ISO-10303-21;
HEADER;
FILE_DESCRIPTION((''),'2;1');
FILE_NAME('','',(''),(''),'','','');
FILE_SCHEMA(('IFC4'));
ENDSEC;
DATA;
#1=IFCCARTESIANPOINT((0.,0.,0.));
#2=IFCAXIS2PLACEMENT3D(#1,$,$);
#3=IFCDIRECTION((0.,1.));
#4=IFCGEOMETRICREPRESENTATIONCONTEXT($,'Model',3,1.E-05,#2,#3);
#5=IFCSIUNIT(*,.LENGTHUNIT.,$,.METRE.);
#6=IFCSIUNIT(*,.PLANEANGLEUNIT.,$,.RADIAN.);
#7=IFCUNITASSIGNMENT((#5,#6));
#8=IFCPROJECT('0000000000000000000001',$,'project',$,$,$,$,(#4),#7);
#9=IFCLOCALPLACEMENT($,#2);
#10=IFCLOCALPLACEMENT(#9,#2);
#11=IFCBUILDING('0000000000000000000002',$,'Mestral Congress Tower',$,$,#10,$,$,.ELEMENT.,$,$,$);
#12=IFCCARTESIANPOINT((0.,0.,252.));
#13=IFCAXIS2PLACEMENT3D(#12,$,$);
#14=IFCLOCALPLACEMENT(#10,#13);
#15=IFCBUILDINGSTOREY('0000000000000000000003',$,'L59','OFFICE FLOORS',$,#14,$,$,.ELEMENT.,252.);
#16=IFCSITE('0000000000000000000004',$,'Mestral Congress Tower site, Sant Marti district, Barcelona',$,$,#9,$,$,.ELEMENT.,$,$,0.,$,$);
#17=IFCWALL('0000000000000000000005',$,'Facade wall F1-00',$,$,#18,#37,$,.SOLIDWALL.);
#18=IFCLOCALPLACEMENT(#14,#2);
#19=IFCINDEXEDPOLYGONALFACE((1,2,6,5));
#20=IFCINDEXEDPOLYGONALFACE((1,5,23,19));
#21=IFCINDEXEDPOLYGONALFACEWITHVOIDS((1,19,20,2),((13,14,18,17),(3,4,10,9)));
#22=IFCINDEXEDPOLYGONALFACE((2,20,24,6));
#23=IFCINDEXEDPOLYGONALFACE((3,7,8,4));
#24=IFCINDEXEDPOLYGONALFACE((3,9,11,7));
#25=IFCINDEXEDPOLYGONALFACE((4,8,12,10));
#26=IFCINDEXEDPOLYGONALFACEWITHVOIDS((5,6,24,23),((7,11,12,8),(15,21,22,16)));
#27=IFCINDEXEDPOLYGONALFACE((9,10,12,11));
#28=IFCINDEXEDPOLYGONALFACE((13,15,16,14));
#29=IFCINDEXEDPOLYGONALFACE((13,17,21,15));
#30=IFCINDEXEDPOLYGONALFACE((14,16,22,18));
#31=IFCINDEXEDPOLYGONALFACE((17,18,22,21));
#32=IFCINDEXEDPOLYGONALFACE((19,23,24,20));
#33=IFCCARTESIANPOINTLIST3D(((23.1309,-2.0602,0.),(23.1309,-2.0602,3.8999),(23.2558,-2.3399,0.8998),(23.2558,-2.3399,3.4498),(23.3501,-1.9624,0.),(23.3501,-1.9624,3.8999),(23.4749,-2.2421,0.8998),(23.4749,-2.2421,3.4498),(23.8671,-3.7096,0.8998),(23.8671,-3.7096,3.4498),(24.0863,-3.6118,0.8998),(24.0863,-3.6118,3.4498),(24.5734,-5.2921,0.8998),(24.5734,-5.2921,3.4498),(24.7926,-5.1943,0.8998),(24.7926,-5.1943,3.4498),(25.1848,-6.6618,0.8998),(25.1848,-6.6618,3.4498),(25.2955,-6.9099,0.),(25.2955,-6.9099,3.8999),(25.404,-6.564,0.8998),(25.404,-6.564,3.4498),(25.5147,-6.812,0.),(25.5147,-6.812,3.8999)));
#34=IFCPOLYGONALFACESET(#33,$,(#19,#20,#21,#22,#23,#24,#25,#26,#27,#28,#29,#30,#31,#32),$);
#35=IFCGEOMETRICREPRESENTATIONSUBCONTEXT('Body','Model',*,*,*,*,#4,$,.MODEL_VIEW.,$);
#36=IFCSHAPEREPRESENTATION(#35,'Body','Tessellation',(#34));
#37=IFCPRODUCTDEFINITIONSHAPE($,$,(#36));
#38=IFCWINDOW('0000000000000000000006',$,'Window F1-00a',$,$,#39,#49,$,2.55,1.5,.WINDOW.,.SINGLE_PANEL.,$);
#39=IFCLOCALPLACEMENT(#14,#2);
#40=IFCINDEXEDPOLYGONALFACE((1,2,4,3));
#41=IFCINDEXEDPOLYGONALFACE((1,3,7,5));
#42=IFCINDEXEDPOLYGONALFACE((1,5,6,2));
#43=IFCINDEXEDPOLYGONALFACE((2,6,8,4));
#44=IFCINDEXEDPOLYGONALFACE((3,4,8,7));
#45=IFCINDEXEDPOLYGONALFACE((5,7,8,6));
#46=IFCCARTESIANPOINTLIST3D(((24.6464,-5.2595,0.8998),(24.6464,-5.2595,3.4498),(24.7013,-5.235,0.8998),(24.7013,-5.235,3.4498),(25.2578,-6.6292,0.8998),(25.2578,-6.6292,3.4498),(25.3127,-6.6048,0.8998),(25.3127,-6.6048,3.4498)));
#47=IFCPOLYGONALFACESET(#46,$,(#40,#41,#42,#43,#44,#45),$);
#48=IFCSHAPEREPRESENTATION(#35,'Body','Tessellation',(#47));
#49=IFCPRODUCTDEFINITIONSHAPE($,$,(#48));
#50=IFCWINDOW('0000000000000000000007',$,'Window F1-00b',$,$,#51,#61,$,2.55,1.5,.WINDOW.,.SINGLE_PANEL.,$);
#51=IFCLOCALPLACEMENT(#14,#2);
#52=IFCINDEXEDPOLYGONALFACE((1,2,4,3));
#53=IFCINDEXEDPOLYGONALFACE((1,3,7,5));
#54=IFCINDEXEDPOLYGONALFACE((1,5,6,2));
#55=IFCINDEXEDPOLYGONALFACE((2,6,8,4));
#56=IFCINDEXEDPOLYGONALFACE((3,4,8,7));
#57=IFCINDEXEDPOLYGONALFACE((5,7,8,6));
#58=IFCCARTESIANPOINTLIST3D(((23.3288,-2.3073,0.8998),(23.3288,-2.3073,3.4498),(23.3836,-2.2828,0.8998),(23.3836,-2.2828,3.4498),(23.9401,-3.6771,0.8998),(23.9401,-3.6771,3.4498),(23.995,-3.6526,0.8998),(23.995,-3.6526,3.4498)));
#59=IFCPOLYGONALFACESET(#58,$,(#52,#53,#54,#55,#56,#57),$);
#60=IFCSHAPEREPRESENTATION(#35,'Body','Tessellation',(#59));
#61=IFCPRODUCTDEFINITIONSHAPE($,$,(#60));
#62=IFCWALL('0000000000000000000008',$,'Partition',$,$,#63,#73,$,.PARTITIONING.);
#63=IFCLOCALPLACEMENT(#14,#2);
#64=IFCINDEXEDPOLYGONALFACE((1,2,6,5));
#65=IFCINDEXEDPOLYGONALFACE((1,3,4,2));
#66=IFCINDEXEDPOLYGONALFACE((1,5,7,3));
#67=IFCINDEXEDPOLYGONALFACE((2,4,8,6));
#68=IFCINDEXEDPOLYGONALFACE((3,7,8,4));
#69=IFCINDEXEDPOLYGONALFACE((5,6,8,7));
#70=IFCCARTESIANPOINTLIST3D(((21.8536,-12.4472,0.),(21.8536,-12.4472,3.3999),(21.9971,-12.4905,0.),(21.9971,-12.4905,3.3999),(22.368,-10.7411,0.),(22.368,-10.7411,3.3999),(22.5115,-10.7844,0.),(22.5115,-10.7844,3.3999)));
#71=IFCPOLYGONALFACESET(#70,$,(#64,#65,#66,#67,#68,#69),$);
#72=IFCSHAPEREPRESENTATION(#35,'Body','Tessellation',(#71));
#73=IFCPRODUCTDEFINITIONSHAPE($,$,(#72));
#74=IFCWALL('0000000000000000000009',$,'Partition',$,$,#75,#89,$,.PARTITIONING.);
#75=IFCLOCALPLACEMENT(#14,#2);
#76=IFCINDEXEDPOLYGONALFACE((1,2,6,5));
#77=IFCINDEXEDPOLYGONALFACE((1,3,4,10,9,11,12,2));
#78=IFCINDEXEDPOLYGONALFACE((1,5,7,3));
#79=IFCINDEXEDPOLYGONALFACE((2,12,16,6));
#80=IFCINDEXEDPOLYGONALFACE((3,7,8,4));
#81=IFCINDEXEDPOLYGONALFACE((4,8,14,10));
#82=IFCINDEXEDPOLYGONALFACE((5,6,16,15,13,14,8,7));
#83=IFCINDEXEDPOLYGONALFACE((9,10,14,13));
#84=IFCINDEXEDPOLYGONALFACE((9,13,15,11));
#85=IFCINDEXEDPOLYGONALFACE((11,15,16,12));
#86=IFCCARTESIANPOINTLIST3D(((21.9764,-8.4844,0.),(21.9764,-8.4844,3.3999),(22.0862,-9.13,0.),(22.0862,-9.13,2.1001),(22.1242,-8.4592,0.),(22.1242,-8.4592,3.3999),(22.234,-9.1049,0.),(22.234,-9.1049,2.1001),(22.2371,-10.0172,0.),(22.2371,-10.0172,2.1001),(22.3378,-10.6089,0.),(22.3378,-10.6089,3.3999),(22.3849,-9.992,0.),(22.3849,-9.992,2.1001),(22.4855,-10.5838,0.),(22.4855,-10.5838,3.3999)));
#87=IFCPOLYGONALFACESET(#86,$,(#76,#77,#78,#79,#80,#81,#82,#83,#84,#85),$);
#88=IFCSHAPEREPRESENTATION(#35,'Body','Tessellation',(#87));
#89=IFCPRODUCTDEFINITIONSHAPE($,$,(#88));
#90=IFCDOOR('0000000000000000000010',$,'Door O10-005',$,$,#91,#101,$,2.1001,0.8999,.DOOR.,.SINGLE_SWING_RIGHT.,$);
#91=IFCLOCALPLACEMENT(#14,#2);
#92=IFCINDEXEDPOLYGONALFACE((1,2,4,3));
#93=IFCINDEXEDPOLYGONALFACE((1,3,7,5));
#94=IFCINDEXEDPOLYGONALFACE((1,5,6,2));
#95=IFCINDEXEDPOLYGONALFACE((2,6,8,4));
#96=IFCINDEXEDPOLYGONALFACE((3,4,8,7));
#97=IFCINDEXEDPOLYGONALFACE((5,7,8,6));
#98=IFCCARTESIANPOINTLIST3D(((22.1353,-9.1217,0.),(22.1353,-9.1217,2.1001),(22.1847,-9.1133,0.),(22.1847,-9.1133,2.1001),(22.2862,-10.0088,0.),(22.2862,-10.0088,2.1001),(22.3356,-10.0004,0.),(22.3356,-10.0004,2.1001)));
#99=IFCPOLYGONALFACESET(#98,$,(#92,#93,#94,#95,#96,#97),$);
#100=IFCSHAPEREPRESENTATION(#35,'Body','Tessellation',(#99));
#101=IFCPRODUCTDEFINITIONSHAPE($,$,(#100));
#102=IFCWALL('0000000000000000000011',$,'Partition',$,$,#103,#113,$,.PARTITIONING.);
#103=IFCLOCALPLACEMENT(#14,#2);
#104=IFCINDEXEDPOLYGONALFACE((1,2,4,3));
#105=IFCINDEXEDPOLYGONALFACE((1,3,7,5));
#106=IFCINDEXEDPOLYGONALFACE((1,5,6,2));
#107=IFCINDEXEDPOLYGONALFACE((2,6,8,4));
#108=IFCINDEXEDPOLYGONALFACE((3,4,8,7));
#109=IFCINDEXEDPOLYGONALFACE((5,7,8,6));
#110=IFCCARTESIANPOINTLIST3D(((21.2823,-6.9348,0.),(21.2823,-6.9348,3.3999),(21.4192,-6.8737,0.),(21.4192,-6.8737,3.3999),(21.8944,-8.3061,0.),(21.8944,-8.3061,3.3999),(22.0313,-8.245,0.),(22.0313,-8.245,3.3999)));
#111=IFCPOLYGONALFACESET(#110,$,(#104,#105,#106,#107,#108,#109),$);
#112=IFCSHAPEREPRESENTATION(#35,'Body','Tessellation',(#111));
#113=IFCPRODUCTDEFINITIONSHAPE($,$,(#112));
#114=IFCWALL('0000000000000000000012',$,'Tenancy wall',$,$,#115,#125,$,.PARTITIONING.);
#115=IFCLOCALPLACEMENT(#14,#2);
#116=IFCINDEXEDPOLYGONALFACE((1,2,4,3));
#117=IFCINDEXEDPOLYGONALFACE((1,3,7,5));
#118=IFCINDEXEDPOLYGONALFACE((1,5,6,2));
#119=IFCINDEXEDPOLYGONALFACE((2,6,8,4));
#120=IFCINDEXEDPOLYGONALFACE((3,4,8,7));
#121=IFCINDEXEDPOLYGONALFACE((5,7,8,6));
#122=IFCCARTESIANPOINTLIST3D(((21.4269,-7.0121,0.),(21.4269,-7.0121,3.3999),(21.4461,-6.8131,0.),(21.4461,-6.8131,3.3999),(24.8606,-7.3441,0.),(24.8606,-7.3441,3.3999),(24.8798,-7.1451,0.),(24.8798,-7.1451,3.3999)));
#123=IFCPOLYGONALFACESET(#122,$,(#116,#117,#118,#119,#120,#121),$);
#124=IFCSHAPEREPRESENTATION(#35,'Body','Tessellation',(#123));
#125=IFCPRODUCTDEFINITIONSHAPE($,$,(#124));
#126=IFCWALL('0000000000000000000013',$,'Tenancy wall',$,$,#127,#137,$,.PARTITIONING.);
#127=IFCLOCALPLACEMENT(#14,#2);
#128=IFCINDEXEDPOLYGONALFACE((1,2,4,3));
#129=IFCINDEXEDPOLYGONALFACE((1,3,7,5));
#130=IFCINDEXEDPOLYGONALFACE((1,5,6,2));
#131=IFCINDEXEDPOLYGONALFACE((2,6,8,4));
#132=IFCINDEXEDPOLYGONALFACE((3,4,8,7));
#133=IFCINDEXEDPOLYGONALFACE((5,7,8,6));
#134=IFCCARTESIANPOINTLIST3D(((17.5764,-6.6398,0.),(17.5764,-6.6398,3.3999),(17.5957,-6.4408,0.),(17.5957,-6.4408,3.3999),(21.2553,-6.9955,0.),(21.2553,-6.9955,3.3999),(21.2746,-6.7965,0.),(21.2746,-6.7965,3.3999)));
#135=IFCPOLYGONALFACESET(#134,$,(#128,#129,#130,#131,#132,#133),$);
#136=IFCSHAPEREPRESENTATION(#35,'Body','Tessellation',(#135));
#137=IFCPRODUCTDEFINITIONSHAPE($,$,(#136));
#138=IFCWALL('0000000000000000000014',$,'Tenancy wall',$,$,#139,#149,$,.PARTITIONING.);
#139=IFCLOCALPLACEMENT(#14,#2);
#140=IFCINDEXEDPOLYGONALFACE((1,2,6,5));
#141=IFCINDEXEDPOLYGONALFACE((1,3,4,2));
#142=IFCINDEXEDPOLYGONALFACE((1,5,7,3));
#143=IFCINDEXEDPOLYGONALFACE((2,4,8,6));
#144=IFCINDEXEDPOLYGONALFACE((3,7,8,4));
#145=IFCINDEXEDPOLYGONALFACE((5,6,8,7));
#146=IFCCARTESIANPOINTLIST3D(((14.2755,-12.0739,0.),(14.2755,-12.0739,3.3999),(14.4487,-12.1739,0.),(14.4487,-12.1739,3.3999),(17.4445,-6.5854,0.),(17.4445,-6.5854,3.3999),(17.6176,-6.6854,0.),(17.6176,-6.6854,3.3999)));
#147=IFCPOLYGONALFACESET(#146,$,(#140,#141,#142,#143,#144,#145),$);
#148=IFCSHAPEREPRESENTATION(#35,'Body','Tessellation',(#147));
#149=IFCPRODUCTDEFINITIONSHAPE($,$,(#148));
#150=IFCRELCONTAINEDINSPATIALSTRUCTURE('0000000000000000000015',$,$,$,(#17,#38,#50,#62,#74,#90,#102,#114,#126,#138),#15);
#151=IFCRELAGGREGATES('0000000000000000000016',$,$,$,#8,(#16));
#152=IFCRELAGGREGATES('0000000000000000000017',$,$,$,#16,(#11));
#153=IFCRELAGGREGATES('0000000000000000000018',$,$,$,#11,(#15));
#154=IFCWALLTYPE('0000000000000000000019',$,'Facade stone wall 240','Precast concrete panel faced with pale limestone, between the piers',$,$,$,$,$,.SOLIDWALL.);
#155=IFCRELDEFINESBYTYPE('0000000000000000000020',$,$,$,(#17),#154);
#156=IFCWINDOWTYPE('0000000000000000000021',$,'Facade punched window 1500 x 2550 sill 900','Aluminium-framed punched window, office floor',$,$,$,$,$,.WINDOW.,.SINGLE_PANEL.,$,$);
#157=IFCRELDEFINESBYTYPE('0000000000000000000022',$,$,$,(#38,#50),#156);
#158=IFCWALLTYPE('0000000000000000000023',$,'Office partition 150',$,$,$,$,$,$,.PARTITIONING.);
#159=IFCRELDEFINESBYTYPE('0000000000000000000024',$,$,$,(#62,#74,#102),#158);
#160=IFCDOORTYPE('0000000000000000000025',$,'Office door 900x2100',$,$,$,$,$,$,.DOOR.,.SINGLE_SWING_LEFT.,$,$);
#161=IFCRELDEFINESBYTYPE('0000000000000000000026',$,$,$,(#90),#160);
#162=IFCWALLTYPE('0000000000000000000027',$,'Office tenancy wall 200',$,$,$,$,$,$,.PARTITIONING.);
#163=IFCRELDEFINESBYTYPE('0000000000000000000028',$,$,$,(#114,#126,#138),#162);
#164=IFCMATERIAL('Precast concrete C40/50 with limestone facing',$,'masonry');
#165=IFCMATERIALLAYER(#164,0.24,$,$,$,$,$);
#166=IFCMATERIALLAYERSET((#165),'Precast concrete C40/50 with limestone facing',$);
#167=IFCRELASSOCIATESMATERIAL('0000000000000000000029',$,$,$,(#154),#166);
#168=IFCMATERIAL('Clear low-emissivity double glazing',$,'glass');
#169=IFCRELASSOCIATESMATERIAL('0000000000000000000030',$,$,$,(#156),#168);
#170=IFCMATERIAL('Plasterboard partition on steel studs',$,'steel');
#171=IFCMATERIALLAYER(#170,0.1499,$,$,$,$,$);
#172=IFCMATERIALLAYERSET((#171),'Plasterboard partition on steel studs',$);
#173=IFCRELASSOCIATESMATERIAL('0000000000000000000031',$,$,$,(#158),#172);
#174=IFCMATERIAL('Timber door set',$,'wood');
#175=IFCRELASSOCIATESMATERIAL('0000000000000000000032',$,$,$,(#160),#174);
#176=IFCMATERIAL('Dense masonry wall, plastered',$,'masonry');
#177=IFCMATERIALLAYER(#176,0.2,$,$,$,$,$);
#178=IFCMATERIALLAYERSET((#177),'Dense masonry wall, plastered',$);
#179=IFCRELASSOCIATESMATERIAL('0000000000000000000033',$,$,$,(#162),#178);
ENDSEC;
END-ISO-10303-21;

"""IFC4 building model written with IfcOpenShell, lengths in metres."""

from ifc_helpers import new_model, si_unit, direction, frame, frame_2d, origin, place, context, subcontext, project, spatial, rectangle, extrude, material, layer, layer_set, type_object, element, fill, save


model = new_model("IFC4")

# Units and contexts
model_context = context("Model", 3, precision=1e-05, world=origin(), true_north=direction((0.0, 1.0)))
body_context = subcontext(model_context, "Body", "Model", "MODEL_VIEW")
ifc_project = project(units=[si_unit("LENGTHUNIT", "METRE"), si_unit("PLANEANGLEUNIT", "RADIAN")], contexts=[model_context])

# Site, building, storey
site_placement = place(None, origin())
site = spatial("IfcSite", under=ifc_project, at=site_placement, Name="Mestral Congress Tower site, Sant Marti district, Barcelona", CompositionType="ELEMENT", RefElevation=0.0)
building_placement = place(site_placement, origin())
building = spatial("IfcBuilding", under=site, at=building_placement, Name="Mestral Congress Tower", CompositionType="ELEMENT")
storey_placement = place(building_placement, frame((0.0, 0.0, 252.0)))
storey = spatial("IfcBuildingStorey", under=building, at=storey_placement, Name="L59", Description="OFFICE FLOORS", CompositionType="ELEMENT", Elevation=252.0)

# Shared definitions
ifc_material_1 = material(Name="Precast concrete C40/50 with limestone facing", Category="masonry")
ifc_layer_1 = layer(ifc_material_1, 0.24)
ifc_layer_set_1 = layer_set([ifc_layer_1], Name="Precast concrete C40/50 with limestone facing")
wall_type_1 = type_object("IfcWallType", Name="Facade stone wall 240", Description="Precast concrete panel faced with pale limestone, between the piers", PredefinedType="SOLIDWALL", material=ifc_layer_set_1)
ifc_material_2 = material(Name="Clear low-emissivity double glazing", Category="glass")

# Wall, openings, windows
wall_1_placement = place(storey_placement, frame((25.405, -6.8608, 0.0), z_axis=(0.0, 0.0, 1.0), x_axis=(-0.40758, 0.91317, 0.0)))
wall_1 = element("IfcWall", 1, at=wall_1_placement, inside=storey, type_object=wall_type_1, Name="Facade wall F1-00", PredefinedType="SOLIDWALL", context=body_context, shape_type="SweptSolid", body=[
    extrude(rectangle(XDim=5.3108, YDim=0.24, at=frame_2d((2.6553, 0.0))), origin(), (0.0, 0.0, 1.0), 3.8999),
])
opening_1_placement = place(wall_1_placement, frame((0.2715, 0.0, 0.8999)))
opening_1 = element("IfcOpeningElement", 2, at=opening_1_placement, cuts=wall_1, PredefinedType="OPENING", context=body_context, shape_type="SweptSolid", body=[
    extrude(rectangle(XDim=1.5, YDim=2.55, at=frame_2d((0.75, 1.2749))), frame((0.0, 0.1299, 0.0), z_axis=(0.0, -1.0, 0.0), x_axis=(1.0, 0.0, 0.0)), (0.0, 0.0, 1.0), 0.26),
])
opening_2_placement = place(wall_1_placement, frame((3.5044, 0.0, 0.8999)))
opening_2 = element("IfcOpeningElement", 3, at=opening_2_placement, cuts=wall_1, PredefinedType="OPENING", context=body_context, shape_type="SweptSolid", body=[
    extrude(rectangle(XDim=1.5, YDim=2.55, at=frame_2d((0.75, 1.2749))), frame((0.0, 0.1299, 0.0), z_axis=(0.0, -1.0, 0.0), x_axis=(1.0, 0.0, 0.0)), (0.0, 0.0, 1.0), 0.26),
])
window_type_1 = type_object("IfcWindowType", Name="Facade punched window 1500 x 2550 sill 900", Description="Aluminium-framed punched window, office floor", PartitioningType="SINGLE_PANEL", PredefinedType="WINDOW", material=ifc_material_2)
window_1_placement = place(opening_1_placement, origin())
window_1 = element("IfcWindow", 4, at=window_1_placement, inside=storey, type_object=window_type_1, Name="Window F1-00a", OverallHeight=2.55, OverallWidth=1.5, PartitioningType="SINGLE_PANEL", PredefinedType="WINDOW", context=body_context, shape_type="SweptSolid", body=[
    extrude(rectangle(XDim=1.5, YDim=2.55, at=frame_2d((0.75, 1.2749))), frame((0.0, 0.04, 0.0), z_axis=(0.0, -1.0, 0.0), x_axis=(1.0, 0.0, 0.0)), (0.0, 0.0, 1.0), 0.0601),
])
fill(opening_1, window_1)
window_2_placement = place(opening_2_placement, origin())
window_2 = element("IfcWindow", 5, at=window_2_placement, inside=storey, type_object=window_type_1, Name="Window F1-00b", OverallHeight=2.55, OverallWidth=1.5, PartitioningType="SINGLE_PANEL", PredefinedType="WINDOW", context=body_context, shape_type="SweptSolid", body=[
    extrude(rectangle(XDim=1.5, YDim=2.55, at=frame_2d((0.75, 1.2749))), frame((0.0, 0.04, 0.0), z_axis=(0.0, -1.0, 0.0), x_axis=(1.0, 0.0, 0.0)), (0.0, 0.0, 1.0), 0.0601),
])
fill(opening_2, window_2)

# Wall
ifc_material_3 = material(Name="Plasterboard partition on steel studs", Category="steel")
ifc_layer_2 = layer(ifc_material_3, 0.1499)
ifc_layer_set_2 = layer_set([ifc_layer_2], Name="Plasterboard partition on steel studs")
wall_type_2 = type_object("IfcWallType", Name="Office partition 150", PredefinedType="PARTITIONING", material=ifc_layer_set_2)
wall_2_placement = place(storey_placement, frame((21.9253, -12.469, 0.0), z_axis=(0.0, 0.0, 1.0), x_axis=(0.28868, 0.957426, 0.0)))
element("IfcWall", 6, at=wall_2_placement, inside=storey, type_object=wall_type_2, Name="Partition", PredefinedType="PARTITIONING", context=body_context, shape_type="SweptSolid", body=[
    extrude(rectangle(XDim=1.782, YDim=0.1499, at=frame_2d((0.8911, 0.0))), origin(), (0.0, 0.0, 1.0), 3.3999),
])

# Wall, opening, door
wall_3_placement = place(storey_placement, frame((22.0503, -8.4717, 0.0), z_axis=(0.0, 0.0, 1.0), x_axis=(0.167668, -0.985843, 0.0)))
wall_3 = element("IfcWall", 7, at=wall_3_placement, inside=storey, type_object=wall_type_2, Name="Partition", PredefinedType="PARTITIONING", context=body_context, shape_type="SweptSolid", body=[
    extrude(rectangle(XDim=2.155, YDim=0.1499, at=frame_2d((1.0776, 0.0))), origin(), (0.0, 0.0, 1.0), 3.3999),
])
opening_3_placement = place(wall_3_placement, frame((0.655, 0.0, 0.0)))
opening_3 = element("IfcOpeningElement", 8, at=opening_3_placement, cuts=wall_3, PredefinedType="OPENING", context=body_context, shape_type="SweptSolid", body=[
    extrude(rectangle(XDim=0.8999, YDim=2.1001, at=frame_2d((0.45, 1.05))), frame((0.0, 0.085, 0.0), z_axis=(0.0, -1.0, 0.0), x_axis=(1.0, 0.0, 0.0)), (0.0, 0.0, 1.0), 0.1699),
])
ifc_material_4 = material(Name="Timber door set", Category="wood")
door_type_1 = type_object("IfcDoorType", Name="Office door 900x2100", OperationType="SINGLE_SWING_LEFT", PredefinedType="DOOR", material=ifc_material_4)
door_1_placement = place(opening_3_placement, origin())
door_1 = element("IfcDoor", 9, at=door_1_placement, inside=storey, type_object=door_type_1, Name="Door O10-005", OperationType="SINGLE_SWING_RIGHT", OverallHeight=2.1001, OverallWidth=0.8999, PredefinedType="DOOR", context=body_context, shape_type="SweptSolid", body=[
    extrude(rectangle(XDim=0.8999, YDim=2.1001, at=frame_2d((0.45, 1.05))), frame((0.0, 0.0249, 0.0), z_axis=(0.0, -1.0, 0.0), x_axis=(1.0, 0.0, 0.0)), (0.0, 0.0, 1.0), 0.05),
])
fill(opening_3, door_1)

# Walls
wall_4_placement = place(storey_placement, frame((21.9629, -8.2756, 0.0), z_axis=(0.0, 0.0, 1.0), x_axis=(-0.407571, 0.913174, 0.0)))
element("IfcWall", 10, at=wall_4_placement, inside=storey, type_object=wall_type_2, Name="Partition", PredefinedType="PARTITIONING", context=body_context, shape_type="SweptSolid", body=[
    extrude(rectangle(XDim=1.5017, YDim=0.1499, at=frame_2d((0.751, 0.0))), origin(), (0.0, 0.0, 1.0), 3.3999),
])
ifc_material_5 = material(Name="Dense masonry wall, plastered", Category="masonry")
ifc_layer_3 = layer(ifc_material_5, 0.2)
ifc_layer_set_3 = layer_set([ifc_layer_3], Name="Dense masonry wall, plastered")
wall_type_3 = type_object("IfcWallType", Name="Office tenancy wall 200", PredefinedType="PARTITIONING", material=ifc_layer_set_3)
wall_5_placement = place(storey_placement, frame((21.4365, -6.9126, 0.0), z_axis=(0.0, 0.0, 1.0), x_axis=(0.995357, -0.096252, 0.0)))
element("IfcWall", 11, at=wall_5_placement, inside=storey, type_object=wall_type_3, Name="Tenancy wall", PredefinedType="PARTITIONING", context=body_context, shape_type="SweptSolid", body=[
    extrude(rectangle(XDim=3.4497, YDim=0.2, at=frame_2d((1.7249, 0.0))), origin(), (0.0, 0.0, 1.0), 3.3999),
])
wall_6_placement = place(storey_placement, frame((17.5859, -6.5403, 0.0), z_axis=(0.0, 0.0, 1.0), x_axis=(0.995358, -0.09624, 0.0)))
element("IfcWall", 12, at=wall_6_placement, inside=storey, type_object=wall_type_3, Name="Tenancy wall", PredefinedType="PARTITIONING", context=body_context, shape_type="SweptSolid", body=[
    extrude(rectangle(XDim=3.696, YDim=0.2, at=frame_2d((1.8481, 0.0))), origin(), (0.0, 0.0, 1.0), 3.3999),
])
wall_7_placement = place(storey_placement, frame((14.3621, -12.124, 0.0), z_axis=(0.0, 0.0, 1.0), x_axis=(0.500017, 0.866016, 0.0)))
element("IfcWall", 13, at=wall_7_placement, inside=storey, type_object=wall_type_3, Name="Tenancy wall", PredefinedType="PARTITIONING", context=body_context, shape_type="SweptSolid", body=[
    extrude(rectangle(XDim=6.3376, YDim=0.2, at=frame_2d((3.1689, 0.0))), origin(), (0.0, 0.0, 1.0), 3.3999),
])

save(model, "model.ifc")
